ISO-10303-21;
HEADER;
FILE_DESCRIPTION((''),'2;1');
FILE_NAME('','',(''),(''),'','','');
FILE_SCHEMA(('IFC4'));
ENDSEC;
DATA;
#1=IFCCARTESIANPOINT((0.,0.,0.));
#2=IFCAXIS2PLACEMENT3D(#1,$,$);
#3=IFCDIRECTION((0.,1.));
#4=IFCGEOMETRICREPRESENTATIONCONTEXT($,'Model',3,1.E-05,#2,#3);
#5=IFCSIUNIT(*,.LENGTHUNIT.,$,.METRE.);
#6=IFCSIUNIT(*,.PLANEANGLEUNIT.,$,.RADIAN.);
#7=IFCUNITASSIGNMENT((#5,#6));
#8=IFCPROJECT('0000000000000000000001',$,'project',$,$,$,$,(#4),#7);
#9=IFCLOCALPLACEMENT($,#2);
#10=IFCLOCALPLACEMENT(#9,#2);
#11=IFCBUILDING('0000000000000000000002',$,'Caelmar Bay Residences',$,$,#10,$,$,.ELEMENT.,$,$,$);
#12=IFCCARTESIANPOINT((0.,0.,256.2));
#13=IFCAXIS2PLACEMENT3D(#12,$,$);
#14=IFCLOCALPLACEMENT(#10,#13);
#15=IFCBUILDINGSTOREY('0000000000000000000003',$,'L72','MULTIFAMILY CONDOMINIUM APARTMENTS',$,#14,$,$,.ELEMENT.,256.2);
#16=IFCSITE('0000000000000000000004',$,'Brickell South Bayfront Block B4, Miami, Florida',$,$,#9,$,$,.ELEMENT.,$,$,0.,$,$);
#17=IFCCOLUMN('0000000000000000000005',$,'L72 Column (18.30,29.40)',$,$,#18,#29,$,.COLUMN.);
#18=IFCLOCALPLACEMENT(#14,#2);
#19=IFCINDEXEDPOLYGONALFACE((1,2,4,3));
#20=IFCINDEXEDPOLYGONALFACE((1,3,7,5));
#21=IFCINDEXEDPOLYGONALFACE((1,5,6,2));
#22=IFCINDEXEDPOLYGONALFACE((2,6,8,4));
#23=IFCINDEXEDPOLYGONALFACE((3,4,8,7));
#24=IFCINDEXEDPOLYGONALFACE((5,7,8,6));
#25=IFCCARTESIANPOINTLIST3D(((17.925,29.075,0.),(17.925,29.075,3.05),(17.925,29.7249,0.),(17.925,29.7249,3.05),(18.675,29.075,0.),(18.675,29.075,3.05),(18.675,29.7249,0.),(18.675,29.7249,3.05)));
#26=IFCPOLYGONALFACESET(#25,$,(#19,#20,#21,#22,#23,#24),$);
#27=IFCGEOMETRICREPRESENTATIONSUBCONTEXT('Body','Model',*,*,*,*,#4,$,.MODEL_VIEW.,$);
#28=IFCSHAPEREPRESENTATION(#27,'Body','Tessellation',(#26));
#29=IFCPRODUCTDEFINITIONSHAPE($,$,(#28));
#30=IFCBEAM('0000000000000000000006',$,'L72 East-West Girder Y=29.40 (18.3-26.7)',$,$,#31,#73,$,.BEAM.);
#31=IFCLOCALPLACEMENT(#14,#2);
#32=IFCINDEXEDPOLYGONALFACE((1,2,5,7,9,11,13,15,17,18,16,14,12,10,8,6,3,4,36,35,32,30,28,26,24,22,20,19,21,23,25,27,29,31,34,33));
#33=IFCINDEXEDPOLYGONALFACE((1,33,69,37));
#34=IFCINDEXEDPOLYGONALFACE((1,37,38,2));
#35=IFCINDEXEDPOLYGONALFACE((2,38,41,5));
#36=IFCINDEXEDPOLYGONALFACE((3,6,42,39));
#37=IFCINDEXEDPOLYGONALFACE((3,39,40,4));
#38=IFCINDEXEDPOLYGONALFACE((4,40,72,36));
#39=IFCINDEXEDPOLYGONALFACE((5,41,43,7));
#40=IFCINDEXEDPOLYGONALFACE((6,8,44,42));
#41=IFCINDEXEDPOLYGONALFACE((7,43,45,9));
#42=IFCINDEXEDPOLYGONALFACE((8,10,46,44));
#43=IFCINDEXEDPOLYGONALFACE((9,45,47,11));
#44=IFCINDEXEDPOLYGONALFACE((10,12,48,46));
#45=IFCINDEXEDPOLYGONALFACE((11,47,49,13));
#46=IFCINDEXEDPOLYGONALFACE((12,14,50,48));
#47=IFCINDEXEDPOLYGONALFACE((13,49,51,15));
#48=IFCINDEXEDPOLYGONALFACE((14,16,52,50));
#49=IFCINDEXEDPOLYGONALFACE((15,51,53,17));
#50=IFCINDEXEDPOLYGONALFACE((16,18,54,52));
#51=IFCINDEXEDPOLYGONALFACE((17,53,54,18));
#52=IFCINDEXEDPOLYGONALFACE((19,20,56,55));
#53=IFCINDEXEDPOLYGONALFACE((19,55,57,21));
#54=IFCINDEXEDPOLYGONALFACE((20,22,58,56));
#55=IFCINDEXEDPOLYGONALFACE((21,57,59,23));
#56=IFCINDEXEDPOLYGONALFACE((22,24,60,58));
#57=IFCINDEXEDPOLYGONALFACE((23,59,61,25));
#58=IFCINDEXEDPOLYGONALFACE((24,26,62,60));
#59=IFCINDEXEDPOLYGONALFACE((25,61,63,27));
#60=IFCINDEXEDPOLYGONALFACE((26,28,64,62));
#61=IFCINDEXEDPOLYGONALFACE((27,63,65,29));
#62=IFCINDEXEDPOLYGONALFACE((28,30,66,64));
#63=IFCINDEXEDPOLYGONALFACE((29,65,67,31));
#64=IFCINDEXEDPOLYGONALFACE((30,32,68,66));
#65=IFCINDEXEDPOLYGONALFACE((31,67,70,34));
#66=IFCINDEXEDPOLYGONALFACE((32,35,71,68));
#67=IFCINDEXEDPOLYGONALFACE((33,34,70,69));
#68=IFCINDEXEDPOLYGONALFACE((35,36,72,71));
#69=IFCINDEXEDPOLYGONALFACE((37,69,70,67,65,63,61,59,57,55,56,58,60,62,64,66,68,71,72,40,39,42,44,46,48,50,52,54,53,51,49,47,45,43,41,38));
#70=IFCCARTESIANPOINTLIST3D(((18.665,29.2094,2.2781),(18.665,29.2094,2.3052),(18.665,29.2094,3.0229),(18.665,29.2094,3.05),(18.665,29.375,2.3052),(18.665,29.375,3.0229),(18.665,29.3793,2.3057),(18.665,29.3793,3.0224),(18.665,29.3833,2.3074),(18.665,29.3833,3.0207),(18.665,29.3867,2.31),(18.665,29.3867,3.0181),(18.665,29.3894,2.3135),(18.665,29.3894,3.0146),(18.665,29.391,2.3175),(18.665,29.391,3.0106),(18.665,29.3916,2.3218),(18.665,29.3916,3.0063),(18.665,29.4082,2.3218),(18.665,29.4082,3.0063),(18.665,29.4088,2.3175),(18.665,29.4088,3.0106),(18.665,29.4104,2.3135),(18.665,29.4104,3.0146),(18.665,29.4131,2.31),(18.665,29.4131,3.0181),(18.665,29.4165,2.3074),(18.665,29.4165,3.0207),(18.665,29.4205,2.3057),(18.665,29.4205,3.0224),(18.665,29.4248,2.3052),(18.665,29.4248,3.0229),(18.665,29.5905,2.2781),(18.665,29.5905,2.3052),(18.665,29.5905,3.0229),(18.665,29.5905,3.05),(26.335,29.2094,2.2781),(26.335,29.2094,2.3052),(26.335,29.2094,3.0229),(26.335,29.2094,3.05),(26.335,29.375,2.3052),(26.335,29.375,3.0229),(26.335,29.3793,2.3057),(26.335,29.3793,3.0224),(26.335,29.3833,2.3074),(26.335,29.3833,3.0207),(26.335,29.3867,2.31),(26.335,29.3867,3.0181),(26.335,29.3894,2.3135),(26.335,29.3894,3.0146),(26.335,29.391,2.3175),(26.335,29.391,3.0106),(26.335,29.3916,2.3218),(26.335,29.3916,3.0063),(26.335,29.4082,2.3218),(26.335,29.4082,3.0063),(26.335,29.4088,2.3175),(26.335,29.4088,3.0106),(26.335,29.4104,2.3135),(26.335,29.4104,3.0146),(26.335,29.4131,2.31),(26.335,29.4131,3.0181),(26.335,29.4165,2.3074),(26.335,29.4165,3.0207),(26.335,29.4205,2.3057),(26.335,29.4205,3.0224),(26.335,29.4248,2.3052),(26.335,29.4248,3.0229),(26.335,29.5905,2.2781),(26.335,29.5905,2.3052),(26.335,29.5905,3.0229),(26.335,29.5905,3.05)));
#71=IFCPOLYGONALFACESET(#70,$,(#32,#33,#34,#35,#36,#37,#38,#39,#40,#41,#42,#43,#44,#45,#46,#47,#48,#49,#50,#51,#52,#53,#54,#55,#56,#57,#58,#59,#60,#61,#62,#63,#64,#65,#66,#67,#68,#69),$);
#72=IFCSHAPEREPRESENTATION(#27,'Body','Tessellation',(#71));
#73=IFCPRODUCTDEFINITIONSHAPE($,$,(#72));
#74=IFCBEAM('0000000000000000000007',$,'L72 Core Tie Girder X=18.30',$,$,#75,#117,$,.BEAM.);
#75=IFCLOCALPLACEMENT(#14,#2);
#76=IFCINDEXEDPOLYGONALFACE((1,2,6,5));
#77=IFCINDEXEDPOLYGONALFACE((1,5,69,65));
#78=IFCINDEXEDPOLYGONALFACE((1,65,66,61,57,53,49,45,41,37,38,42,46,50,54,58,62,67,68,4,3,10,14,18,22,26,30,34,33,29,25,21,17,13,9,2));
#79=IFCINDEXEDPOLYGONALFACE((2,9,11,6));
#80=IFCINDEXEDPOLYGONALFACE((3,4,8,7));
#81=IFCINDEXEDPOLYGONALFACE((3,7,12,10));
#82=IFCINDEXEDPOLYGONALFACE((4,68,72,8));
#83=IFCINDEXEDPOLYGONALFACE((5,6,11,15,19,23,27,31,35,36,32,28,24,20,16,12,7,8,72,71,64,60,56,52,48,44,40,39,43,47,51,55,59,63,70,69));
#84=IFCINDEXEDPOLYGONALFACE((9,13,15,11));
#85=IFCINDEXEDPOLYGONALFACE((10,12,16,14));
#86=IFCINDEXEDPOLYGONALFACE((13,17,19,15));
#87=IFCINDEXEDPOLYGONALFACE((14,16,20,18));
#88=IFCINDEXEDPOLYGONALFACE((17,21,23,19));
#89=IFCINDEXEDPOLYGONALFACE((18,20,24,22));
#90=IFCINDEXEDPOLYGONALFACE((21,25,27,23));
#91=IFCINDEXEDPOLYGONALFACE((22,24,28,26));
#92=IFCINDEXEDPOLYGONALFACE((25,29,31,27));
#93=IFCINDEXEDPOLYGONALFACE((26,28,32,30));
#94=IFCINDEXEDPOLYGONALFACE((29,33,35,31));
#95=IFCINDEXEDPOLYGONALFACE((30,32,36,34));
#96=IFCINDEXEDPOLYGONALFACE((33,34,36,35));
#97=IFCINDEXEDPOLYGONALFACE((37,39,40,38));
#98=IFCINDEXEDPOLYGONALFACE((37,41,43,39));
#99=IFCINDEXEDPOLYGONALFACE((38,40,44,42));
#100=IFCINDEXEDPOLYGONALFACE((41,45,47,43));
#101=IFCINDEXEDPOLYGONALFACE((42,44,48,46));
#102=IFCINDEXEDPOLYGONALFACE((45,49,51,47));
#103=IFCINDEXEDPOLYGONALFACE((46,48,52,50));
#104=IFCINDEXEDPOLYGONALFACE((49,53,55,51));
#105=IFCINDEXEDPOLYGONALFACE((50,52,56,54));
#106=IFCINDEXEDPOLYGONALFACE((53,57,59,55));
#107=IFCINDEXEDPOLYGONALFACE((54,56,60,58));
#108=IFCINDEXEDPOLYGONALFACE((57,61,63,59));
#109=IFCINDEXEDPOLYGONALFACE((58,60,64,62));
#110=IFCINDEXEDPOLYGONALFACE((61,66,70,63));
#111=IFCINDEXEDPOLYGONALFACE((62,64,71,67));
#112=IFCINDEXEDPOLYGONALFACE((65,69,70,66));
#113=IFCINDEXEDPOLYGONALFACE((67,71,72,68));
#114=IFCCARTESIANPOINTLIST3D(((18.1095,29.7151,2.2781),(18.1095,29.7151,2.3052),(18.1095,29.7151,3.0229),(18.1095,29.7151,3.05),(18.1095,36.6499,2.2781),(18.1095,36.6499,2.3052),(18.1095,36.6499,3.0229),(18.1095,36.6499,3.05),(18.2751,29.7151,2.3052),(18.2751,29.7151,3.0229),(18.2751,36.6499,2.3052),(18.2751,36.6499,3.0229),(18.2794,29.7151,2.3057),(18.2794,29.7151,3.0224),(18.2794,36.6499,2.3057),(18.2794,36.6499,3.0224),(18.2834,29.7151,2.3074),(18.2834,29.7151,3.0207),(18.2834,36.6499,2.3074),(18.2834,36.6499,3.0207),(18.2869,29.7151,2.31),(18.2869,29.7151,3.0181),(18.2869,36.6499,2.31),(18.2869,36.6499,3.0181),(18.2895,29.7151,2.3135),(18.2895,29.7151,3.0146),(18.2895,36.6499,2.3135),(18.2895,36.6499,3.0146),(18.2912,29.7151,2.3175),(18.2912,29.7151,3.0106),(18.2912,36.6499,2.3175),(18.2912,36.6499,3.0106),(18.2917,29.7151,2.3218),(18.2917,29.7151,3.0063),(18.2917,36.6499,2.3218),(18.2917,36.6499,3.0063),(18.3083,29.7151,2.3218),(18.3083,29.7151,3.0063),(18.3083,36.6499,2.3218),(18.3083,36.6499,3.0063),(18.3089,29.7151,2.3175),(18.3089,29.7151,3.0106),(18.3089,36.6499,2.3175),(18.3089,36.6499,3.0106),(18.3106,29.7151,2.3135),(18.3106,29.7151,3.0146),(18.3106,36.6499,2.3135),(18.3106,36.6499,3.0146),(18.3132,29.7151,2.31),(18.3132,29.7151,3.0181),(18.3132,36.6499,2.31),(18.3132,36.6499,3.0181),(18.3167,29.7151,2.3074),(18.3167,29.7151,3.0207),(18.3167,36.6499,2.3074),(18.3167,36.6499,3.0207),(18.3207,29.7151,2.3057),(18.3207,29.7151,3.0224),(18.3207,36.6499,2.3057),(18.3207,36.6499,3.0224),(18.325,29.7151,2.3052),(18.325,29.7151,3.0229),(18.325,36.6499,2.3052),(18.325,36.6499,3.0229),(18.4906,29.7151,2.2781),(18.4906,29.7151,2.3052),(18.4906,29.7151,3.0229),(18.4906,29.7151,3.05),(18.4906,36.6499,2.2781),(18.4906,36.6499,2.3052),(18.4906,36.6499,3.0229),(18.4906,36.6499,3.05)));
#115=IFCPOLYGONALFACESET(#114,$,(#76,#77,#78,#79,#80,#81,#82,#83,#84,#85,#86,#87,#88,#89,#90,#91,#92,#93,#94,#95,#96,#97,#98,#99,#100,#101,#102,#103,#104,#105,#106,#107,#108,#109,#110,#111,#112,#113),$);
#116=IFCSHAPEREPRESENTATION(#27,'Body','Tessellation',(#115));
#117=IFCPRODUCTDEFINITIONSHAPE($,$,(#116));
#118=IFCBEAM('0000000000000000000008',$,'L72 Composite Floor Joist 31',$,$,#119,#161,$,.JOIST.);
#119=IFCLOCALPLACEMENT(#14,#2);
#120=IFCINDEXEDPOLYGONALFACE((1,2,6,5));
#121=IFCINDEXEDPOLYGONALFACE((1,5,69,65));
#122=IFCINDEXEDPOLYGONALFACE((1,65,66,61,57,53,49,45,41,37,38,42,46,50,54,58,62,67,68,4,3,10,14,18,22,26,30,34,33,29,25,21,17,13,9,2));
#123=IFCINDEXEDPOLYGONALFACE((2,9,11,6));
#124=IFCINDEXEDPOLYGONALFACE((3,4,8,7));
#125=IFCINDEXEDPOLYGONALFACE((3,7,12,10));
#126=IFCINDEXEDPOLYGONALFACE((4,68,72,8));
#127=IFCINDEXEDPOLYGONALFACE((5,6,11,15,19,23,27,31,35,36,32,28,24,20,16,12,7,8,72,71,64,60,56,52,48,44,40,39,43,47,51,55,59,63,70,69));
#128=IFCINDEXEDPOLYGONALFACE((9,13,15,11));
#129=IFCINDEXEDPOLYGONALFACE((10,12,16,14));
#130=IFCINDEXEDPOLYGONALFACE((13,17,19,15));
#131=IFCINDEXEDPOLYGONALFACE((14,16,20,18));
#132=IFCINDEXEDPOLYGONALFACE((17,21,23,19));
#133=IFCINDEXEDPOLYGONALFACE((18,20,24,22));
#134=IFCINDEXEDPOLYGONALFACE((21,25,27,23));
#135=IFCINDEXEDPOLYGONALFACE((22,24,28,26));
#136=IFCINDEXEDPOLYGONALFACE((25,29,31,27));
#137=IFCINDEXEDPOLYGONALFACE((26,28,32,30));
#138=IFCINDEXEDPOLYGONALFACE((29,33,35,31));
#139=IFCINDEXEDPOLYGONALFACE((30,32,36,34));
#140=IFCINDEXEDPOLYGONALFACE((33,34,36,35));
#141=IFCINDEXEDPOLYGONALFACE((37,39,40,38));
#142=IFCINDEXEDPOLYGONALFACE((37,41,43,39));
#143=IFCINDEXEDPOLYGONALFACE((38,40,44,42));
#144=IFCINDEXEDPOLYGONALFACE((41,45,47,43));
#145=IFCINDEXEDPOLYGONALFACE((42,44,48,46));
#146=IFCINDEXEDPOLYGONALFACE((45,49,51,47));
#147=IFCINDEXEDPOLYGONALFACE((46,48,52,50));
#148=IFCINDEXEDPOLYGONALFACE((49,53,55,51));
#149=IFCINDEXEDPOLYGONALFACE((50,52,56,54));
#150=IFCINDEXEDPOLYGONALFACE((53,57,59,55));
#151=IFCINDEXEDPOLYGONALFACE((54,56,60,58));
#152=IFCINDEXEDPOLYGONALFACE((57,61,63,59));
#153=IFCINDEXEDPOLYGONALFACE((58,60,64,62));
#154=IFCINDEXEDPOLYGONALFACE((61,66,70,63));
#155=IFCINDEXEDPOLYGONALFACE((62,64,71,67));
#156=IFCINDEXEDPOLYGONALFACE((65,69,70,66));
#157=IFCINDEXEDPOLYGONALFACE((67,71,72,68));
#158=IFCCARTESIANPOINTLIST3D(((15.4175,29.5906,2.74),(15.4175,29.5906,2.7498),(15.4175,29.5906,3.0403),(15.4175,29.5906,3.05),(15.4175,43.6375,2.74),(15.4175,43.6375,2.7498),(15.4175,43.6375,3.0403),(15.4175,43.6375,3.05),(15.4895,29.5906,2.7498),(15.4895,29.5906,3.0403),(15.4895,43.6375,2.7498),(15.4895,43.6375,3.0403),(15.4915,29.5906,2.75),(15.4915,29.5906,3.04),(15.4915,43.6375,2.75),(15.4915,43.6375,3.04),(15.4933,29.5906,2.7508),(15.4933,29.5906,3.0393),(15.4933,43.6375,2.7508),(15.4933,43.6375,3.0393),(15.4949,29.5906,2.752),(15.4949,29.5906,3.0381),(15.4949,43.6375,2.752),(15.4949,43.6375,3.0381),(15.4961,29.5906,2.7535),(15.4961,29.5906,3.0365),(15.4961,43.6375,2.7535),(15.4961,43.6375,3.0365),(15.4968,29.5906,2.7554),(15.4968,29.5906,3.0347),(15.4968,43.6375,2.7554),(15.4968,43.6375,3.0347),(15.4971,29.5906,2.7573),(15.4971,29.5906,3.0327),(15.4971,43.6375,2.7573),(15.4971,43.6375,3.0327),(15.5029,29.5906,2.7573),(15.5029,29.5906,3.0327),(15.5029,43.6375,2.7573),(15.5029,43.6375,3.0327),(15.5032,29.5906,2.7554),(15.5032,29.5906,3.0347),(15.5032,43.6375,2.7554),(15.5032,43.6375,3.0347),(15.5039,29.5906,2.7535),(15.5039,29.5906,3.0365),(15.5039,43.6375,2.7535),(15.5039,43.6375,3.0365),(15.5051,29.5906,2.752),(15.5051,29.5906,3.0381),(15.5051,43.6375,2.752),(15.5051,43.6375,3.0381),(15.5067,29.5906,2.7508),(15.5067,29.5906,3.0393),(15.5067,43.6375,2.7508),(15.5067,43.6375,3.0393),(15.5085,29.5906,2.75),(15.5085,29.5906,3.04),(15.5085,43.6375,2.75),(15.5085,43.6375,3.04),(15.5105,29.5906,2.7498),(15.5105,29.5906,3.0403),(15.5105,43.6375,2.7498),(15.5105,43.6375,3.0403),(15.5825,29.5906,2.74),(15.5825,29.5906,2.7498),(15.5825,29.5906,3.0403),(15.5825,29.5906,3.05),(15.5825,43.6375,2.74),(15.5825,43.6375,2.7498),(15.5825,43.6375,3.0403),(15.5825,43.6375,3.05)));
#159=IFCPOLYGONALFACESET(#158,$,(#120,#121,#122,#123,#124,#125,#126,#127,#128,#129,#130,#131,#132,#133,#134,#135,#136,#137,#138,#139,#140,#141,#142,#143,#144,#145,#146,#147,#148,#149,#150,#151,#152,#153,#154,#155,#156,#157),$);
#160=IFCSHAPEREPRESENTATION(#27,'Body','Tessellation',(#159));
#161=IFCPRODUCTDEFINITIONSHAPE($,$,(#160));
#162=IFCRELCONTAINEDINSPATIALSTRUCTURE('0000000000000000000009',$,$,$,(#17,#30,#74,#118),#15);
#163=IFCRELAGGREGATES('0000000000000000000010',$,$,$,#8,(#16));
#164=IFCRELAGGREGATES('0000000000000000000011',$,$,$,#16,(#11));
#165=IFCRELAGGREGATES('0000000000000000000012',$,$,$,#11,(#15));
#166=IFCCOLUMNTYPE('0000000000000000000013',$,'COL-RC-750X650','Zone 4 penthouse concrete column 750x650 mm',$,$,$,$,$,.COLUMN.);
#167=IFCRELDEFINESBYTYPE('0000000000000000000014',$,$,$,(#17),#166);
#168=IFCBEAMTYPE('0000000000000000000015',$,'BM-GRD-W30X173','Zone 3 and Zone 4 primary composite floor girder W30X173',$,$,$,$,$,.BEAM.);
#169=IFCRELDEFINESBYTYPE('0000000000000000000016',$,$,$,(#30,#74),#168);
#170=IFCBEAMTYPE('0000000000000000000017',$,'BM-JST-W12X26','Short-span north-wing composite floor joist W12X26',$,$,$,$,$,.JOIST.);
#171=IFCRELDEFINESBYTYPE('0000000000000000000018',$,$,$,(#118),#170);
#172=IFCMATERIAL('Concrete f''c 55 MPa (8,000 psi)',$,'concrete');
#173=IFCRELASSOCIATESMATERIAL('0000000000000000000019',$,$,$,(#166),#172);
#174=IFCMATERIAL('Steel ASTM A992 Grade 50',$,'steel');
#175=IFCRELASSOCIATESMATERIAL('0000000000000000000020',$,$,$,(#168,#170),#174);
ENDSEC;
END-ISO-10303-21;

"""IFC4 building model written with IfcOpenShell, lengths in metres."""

from ifc_helpers import new_model, si_unit, direction, frame, origin, origin_2d, place, context, subcontext, project, spatial, rectangle, i_section, extrude, material, material_profile, profile_set, type_object, element, save


model = new_model("IFC4")

# Units and contexts
model_context = context("Model", 3, precision=1e-05, world=origin(), true_north=direction((0.0, 1.0)))
body_context = subcontext(model_context, "Body", "Model", "MODEL_VIEW")
ifc_project = project(units=[si_unit("LENGTHUNIT", "METRE"), si_unit("PLANEANGLEUNIT", "RADIAN")], contexts=[model_context])

# Site, building, storey
site_placement = place(None, origin())
site = spatial("IfcSite", under=ifc_project, at=site_placement, Name="Brickell South Bayfront Block B4, Miami, Florida", CompositionType="ELEMENT", RefElevation=0.0)
building_placement = place(site_placement, origin())
building = spatial("IfcBuilding", under=site, at=building_placement, Name="Caelmar Bay Residences", CompositionType="ELEMENT")
storey_placement = place(building_placement, frame((0.0, 0.0, 256.2)))
storey = spatial("IfcBuildingStorey", under=building, at=storey_placement, Name="L72", Description="MULTIFAMILY CONDOMINIUM APARTMENTS", CompositionType="ELEMENT", Elevation=256.2)

# Column
ifc_material_1 = material(Name="Concrete f'c 55 MPa (8,000 psi)", Category="concrete")
ifc_material_profile_1 = material_profile(ifc_material_1, rectangle(XDim=0.75, YDim=0.6499, at=origin_2d()), Name="RC-COL-750X650")
ifc_profile_set_1 = profile_set([ifc_material_profile_1], Name="Concrete f'c 55 MPa (8,000 psi)")
column_type = type_object("IfcColumnType", Name="COL-RC-750X650", Description="Zone 4 penthouse concrete column 750x650 mm", PredefinedType="COLUMN", material=ifc_profile_set_1)
column_placement = place(storey_placement, frame((18.3, 29.3999, 0.0), z_axis=(0.0, 0.0, 1.0), x_axis=(1.0, 0.0, 0.0)))
element("IfcColumn", 1, at=column_placement, inside=storey, type_object=column_type, Name="L72 Column (18.30,29.40)", PredefinedType="COLUMN", context=body_context, shape_type="SweptSolid", body=[
    extrude(rectangle(XDim=0.75, YDim=0.6499, at=origin_2d()), origin(), (0.0, 0.0, 1.0), 3.05),
])

# Beams
ifc_material_2 = material(Name="Steel ASTM A992 Grade 50", Category="steel")
ifc_material_profile_2 = material_profile(ifc_material_2, i_section(OverallWidth=0.3811, OverallDepth=0.772, WebThickness=0.0166, FlangeThickness=0.0271, FilletRadius=0.0166, at=origin_2d()), Name="W30X173")
ifc_profile_set_2 = profile_set([ifc_material_profile_2], Name="Steel ASTM A992 Grade 50")
beam_type_1 = type_object("IfcBeamType", Name="BM-GRD-W30X173", Description="Zone 3 and Zone 4 primary composite floor girder W30X173", PredefinedType="BEAM", material=ifc_profile_set_2)
beam_1_placement = place(storey_placement, frame((18.665, 29.3999, 2.6641), z_axis=(1.0, 0.0, 0.0), x_axis=(0.0, 1.0, 0.0)))
element("IfcBeam", 2, at=beam_1_placement, inside=storey, type_object=beam_type_1, Name="L72 East-West Girder Y=29.40 (18.3-26.7)", PredefinedType="BEAM", context=body_context, shape_type="SweptSolid", body=[
    extrude(i_section(OverallWidth=0.3811, OverallDepth=0.772, WebThickness=0.0166, FlangeThickness=0.0271, FilletRadius=0.0166, at=origin_2d()), origin(), (0.0, 0.0, 1.0), 7.6699),
])
beam_2_placement = place(storey_placement, frame((18.3, 29.7151, 2.6641), z_axis=(0.0, 1.0, 0.0), x_axis=(-1.0, 0.0, 0.0)))
element("IfcBeam", 3, at=beam_2_placement, inside=storey, type_object=beam_type_1, Name="L72 Core Tie Girder X=18.30", PredefinedType="BEAM", context=body_context, shape_type="SweptSolid", body=[
    extrude(i_section(OverallWidth=0.3811, OverallDepth=0.772, WebThickness=0.0166, FlangeThickness=0.0271, FilletRadius=0.0166, at=origin_2d()), origin(), (0.0, 0.0, 1.0), 6.9348),
])
ifc_material_profile_3 = material_profile(ifc_material_2, i_section(OverallWidth=0.165, OverallDepth=0.3101, WebThickness=0.0059, FlangeThickness=0.0098, FilletRadius=0.0076, at=origin_2d()), Name="W12X26")
ifc_profile_set_3 = profile_set([ifc_material_profile_3], Name="Steel ASTM A992 Grade 50")
beam_type_2 = type_object("IfcBeamType", Name="BM-JST-W12X26", Description="Short-span north-wing composite floor joist W12X26", PredefinedType="JOIST", material=ifc_profile_set_3)
beam_3_placement = place(storey_placement, frame((15.5, 29.5906, 2.895), z_axis=(0.0, 1.0, 0.0), x_axis=(-1.0, 0.0, 0.0)))
element("IfcBeam", 4, at=beam_3_placement, inside=storey, type_object=beam_type_2, Name="L72 Composite Floor Joist 31", PredefinedType="JOIST", context=body_context, shape_type="SweptSolid", body=[
    extrude(i_section(OverallWidth=0.165, OverallDepth=0.3101, WebThickness=0.0059, FlangeThickness=0.0098, FilletRadius=0.0076, at=origin_2d()), origin(), (0.0, 0.0, 1.0), 14.0469),
])

save(model, "model.ifc")
